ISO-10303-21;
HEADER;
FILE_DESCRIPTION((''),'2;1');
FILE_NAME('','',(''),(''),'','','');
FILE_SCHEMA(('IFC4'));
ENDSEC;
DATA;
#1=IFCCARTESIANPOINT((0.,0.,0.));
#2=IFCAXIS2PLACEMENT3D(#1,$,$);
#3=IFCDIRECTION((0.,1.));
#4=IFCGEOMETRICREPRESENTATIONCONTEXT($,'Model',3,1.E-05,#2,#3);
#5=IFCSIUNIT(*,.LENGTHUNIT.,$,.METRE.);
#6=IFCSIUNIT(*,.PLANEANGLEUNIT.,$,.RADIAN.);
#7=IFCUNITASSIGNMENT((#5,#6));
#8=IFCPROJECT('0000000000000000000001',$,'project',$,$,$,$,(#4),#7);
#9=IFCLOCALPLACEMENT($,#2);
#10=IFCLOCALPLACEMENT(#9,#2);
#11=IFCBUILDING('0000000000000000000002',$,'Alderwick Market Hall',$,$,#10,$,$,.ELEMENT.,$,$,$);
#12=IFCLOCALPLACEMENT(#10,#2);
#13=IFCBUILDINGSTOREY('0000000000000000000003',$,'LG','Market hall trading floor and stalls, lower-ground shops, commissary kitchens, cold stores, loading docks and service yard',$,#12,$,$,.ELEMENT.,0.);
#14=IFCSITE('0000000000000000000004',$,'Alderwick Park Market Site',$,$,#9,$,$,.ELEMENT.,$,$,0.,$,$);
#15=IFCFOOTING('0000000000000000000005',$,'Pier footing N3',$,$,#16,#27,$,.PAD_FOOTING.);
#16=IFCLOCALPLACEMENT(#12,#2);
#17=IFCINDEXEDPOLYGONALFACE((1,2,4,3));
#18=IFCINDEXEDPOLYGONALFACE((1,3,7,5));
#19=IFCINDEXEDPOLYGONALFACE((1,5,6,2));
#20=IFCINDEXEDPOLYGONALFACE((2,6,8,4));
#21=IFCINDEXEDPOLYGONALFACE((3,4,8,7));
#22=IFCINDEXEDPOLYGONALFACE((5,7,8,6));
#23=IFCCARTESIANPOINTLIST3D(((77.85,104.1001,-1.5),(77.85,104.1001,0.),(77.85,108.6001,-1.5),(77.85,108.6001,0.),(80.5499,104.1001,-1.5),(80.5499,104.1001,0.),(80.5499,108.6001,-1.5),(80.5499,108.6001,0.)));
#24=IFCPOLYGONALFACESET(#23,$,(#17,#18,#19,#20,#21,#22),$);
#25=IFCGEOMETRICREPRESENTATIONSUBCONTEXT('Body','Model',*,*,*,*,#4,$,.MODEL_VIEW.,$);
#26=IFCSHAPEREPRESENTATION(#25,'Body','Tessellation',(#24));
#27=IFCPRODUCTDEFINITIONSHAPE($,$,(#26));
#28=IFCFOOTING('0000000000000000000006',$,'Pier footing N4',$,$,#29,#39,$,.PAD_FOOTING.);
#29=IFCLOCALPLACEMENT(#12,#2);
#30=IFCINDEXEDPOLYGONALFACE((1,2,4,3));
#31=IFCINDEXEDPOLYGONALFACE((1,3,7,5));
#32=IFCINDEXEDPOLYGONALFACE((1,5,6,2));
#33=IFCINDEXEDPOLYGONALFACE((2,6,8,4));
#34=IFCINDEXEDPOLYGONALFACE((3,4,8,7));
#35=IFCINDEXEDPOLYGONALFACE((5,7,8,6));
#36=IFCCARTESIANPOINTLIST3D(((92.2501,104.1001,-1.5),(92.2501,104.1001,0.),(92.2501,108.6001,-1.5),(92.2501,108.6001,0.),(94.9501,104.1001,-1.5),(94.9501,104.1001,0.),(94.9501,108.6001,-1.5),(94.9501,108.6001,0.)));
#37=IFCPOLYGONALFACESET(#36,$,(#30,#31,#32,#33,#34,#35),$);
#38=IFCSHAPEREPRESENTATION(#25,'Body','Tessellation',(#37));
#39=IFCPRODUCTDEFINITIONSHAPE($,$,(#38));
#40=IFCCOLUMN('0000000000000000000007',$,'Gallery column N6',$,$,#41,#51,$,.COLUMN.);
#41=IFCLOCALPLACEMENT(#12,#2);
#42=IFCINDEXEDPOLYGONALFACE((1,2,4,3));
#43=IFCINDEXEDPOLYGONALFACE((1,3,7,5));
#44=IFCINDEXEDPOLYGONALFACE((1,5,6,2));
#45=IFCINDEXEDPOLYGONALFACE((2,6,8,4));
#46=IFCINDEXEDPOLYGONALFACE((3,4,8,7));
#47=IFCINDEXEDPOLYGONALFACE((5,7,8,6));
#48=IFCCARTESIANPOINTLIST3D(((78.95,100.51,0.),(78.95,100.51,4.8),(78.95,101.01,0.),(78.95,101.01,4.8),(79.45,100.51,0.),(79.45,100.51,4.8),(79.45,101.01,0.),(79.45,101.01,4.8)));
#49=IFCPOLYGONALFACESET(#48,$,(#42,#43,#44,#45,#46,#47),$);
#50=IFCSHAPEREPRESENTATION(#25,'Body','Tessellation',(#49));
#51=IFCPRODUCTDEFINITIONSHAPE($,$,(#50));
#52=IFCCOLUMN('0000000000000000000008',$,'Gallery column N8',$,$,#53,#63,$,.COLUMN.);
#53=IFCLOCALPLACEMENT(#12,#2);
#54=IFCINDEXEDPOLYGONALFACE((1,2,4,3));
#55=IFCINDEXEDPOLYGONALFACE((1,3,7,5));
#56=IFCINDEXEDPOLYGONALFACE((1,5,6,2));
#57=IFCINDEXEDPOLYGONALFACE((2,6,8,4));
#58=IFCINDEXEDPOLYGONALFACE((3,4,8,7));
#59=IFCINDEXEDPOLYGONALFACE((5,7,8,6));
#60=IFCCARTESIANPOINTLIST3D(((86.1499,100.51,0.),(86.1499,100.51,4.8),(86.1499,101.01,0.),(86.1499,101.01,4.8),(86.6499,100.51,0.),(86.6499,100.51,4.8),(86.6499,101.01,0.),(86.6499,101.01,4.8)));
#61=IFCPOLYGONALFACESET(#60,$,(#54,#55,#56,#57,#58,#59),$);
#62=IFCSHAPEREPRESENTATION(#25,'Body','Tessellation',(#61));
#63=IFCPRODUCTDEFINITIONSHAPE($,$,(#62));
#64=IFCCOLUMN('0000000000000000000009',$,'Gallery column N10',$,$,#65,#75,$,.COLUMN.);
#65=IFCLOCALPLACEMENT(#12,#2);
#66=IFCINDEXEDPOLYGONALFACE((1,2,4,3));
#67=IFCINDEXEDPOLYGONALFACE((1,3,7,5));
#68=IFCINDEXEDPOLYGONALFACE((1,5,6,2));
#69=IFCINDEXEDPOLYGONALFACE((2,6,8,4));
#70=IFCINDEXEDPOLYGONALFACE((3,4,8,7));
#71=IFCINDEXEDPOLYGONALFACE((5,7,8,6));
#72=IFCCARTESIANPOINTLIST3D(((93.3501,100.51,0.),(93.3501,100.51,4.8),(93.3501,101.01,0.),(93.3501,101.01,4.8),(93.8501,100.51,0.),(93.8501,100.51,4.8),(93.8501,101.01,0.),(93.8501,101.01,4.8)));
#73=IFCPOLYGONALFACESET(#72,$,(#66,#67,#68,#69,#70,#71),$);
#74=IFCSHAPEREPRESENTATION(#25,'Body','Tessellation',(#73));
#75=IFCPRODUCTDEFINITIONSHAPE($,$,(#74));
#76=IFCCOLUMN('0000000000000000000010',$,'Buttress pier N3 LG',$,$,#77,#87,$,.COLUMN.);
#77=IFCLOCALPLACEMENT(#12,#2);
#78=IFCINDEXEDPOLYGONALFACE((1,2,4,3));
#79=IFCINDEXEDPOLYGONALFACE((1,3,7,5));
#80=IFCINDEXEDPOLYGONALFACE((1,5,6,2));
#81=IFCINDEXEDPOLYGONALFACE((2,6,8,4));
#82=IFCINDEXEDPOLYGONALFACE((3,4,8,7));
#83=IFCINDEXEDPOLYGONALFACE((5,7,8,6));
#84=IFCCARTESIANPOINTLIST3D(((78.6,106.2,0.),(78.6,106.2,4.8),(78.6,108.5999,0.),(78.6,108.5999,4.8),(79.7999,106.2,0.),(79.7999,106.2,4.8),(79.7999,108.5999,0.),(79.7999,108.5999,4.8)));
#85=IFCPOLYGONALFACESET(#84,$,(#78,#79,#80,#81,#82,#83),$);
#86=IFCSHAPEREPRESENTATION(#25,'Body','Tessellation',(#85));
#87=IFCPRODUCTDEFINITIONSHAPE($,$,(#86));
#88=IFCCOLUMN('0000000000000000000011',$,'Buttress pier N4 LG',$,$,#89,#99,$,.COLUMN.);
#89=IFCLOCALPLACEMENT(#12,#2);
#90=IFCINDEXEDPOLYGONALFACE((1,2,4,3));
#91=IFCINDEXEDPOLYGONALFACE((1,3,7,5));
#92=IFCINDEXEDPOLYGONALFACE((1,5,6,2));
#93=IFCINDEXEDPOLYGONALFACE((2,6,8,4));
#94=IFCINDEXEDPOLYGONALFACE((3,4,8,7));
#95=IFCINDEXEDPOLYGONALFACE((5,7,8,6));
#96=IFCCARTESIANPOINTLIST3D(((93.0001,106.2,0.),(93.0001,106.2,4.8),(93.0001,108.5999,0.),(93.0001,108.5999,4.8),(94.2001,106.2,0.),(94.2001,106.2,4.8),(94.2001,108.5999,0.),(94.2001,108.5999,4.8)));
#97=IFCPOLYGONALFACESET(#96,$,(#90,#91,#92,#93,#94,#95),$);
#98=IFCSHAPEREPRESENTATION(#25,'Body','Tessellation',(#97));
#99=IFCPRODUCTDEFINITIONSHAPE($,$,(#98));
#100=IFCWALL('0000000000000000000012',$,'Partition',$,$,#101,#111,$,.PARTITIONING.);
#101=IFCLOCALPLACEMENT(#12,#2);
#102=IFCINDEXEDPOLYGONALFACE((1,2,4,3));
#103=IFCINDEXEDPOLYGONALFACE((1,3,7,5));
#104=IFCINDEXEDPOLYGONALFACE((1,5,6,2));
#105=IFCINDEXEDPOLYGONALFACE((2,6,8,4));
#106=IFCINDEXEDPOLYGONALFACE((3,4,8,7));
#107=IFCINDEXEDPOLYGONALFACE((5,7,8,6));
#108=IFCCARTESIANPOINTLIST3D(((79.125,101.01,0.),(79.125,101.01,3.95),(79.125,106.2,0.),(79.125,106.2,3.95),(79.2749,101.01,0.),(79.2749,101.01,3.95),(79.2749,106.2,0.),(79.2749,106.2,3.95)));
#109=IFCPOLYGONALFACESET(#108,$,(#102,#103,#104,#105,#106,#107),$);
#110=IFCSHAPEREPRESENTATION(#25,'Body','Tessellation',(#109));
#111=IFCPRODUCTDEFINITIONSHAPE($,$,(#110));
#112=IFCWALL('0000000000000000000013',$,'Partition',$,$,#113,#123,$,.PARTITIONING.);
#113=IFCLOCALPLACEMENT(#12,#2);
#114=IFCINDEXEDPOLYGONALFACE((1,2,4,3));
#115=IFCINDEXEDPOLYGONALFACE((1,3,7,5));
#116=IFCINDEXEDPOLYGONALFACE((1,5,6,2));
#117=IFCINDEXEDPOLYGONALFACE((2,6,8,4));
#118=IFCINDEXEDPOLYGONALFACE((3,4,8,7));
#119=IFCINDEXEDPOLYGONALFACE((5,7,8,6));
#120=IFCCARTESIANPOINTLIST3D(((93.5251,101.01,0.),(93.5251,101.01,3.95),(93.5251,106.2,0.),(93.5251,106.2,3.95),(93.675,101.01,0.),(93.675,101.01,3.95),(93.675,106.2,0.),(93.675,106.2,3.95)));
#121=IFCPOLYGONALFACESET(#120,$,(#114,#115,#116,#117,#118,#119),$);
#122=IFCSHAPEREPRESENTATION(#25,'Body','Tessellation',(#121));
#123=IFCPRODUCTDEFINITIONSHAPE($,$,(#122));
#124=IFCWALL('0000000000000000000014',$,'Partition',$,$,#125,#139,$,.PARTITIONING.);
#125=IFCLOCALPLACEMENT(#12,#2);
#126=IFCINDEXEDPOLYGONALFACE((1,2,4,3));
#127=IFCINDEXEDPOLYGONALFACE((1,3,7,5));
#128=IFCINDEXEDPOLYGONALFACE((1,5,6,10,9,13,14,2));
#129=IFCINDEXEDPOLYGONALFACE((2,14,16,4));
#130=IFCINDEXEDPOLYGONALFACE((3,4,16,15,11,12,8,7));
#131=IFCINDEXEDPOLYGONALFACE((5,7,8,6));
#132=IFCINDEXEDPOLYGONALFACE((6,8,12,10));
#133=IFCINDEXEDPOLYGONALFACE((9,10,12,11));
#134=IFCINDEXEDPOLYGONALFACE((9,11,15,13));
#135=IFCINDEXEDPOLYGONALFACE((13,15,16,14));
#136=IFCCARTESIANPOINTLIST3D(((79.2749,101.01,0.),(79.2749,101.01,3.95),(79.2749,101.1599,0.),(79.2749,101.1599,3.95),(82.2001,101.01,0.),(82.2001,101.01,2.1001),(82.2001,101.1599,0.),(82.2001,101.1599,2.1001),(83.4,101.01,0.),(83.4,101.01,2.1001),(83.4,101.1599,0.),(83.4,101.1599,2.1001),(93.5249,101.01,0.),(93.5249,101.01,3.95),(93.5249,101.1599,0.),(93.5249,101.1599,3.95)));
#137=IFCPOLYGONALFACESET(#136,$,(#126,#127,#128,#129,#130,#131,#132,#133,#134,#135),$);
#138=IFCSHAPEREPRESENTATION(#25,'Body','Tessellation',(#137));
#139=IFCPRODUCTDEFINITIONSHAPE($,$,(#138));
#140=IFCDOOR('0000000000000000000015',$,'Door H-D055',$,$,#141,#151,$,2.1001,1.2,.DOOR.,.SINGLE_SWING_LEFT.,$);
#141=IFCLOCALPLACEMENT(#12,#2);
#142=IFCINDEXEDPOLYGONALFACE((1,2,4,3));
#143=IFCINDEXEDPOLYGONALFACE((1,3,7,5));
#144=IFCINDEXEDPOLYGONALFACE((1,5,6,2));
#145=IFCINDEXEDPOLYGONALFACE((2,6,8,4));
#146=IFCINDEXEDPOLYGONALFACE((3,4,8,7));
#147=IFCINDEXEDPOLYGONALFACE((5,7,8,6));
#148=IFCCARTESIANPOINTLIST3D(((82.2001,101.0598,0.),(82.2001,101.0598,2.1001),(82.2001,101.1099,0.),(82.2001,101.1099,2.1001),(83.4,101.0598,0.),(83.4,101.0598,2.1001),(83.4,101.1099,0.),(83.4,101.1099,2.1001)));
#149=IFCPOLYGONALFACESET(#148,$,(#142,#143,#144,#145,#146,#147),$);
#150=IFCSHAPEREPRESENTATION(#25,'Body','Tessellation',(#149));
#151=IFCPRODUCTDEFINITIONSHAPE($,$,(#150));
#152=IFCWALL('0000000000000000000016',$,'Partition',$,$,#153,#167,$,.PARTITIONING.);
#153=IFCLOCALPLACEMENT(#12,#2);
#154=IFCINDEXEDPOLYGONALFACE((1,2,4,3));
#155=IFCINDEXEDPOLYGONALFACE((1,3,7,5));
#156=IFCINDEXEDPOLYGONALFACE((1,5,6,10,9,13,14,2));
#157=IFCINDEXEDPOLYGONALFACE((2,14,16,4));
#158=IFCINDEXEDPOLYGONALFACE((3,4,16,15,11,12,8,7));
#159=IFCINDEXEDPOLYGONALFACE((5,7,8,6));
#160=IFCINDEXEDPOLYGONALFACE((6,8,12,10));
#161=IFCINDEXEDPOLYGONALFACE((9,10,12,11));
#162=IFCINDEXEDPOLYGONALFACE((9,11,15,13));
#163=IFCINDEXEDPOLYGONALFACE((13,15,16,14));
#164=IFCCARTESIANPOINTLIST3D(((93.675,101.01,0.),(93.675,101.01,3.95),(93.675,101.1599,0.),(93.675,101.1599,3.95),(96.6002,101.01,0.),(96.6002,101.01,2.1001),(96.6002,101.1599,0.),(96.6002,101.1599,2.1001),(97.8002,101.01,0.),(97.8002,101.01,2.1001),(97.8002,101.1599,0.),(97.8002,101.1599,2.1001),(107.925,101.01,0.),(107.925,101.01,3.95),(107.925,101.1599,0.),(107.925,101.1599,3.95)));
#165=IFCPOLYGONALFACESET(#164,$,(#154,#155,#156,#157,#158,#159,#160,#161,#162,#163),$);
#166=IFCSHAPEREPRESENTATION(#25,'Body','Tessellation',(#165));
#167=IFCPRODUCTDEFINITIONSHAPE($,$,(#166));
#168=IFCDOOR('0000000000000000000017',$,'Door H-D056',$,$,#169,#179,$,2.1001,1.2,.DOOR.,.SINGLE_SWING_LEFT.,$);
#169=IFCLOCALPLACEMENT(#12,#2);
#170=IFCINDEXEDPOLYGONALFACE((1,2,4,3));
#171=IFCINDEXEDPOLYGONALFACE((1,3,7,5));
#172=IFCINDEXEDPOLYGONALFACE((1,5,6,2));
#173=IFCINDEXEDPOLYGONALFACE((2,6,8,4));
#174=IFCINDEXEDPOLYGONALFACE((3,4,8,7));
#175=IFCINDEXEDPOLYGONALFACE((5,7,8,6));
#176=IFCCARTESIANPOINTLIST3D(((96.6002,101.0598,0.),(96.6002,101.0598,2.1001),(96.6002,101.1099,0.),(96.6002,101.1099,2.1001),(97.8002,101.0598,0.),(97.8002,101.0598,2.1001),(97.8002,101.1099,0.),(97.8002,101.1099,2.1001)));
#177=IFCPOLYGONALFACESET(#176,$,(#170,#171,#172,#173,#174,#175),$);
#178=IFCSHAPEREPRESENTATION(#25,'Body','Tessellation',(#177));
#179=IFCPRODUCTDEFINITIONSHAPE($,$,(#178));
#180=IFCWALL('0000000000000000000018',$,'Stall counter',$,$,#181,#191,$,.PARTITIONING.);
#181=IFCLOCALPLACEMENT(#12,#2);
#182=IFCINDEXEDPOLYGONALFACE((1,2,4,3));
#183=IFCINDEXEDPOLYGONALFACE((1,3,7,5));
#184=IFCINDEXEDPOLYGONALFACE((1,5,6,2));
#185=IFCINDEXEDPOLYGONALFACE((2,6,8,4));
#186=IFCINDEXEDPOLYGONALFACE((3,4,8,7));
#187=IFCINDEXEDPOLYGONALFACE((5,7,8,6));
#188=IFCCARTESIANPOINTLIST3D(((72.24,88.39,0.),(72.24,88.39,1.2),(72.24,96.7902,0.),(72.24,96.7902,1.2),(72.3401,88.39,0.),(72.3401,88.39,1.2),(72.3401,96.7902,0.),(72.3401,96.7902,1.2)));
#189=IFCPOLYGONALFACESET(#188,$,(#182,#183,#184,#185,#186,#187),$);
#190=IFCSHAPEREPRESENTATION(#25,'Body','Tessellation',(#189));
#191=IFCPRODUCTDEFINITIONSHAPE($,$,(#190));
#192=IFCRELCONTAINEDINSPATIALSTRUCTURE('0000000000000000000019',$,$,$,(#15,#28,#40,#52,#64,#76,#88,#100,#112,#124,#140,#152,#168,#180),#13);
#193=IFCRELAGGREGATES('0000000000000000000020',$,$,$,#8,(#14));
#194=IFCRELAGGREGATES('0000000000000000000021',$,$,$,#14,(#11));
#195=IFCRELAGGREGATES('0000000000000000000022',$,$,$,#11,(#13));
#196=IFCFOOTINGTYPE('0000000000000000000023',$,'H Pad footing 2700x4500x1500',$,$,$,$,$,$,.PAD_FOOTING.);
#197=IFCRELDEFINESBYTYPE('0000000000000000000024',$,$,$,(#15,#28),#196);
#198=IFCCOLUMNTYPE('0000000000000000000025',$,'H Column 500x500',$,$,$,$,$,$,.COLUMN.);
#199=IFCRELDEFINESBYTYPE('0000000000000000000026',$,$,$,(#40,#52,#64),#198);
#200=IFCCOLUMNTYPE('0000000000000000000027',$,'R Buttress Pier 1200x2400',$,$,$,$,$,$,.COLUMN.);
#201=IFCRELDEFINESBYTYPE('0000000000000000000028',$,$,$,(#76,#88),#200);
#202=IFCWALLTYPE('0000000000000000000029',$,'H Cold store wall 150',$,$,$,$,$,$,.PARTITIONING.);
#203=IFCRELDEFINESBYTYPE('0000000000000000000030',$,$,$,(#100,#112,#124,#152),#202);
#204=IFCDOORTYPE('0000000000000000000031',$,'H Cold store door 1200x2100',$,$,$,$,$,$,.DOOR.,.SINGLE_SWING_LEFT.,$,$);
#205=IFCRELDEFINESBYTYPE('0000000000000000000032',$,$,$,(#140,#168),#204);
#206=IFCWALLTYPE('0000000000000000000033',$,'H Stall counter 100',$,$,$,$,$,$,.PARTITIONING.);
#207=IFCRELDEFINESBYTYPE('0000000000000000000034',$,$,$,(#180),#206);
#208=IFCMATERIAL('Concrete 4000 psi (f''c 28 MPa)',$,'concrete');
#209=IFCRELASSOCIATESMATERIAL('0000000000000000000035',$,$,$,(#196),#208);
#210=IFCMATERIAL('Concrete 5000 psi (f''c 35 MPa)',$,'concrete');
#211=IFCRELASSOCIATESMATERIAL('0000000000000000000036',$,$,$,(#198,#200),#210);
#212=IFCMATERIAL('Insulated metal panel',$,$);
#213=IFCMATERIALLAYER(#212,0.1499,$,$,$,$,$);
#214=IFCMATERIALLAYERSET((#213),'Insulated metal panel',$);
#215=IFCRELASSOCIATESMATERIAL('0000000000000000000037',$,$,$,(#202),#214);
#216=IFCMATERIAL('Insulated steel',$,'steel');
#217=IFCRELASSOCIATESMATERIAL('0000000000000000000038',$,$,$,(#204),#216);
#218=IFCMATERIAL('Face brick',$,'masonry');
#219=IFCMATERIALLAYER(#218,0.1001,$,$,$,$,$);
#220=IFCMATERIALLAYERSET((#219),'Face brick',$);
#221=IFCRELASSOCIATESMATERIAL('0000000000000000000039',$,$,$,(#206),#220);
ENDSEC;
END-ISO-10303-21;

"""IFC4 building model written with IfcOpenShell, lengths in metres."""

from ifc_helpers import new_model, si_unit, direction, frame, frame_2d, origin, origin_2d, place, context, subcontext, project, spatial, rectangle, extrude, material, layer, layer_set, material_profile, profile_set, type_object, element, fill, save


model = new_model("IFC4")

# Units and contexts
model_context = context("Model", 3, precision=1e-05, world=origin(), true_north=direction((0.0, 1.0)))
body_context = subcontext(model_context, "Body", "Model", "MODEL_VIEW")
ifc_project = project(units=[si_unit("LENGTHUNIT", "METRE"), si_unit("PLANEANGLEUNIT", "RADIAN")], contexts=[model_context])

# Site, building, storey
site_placement = place(None, origin())
site = spatial("IfcSite", under=ifc_project, at=site_placement, Name="Alderwick Park Market Site", CompositionType="ELEMENT", RefElevation=0.0)
building_placement = place(site_placement, origin())
building = spatial("IfcBuilding", under=site, at=building_placement, Name="Alderwick Market Hall", CompositionType="ELEMENT")
storey_placement = place(building_placement, origin())
storey = spatial("IfcBuildingStorey", under=building, at=storey_placement, Name="LG", Description="Market hall trading floor and stalls, lower-ground shops, commissary kitchens, cold stores, loading docks and service yard", CompositionType="ELEMENT", Elevation=0.0)

# Footings
ifc_material_1 = material(Name="Concrete 4000 psi (f'c 28 MPa)", Category="concrete")
footing_type = type_object("IfcFootingType", Name="H Pad footing 2700x4500x1500", PredefinedType="PAD_FOOTING", material=ifc_material_1)
for number, where, z_axis, x_axis, name in (
    (1, (79.2, 106.3501, -1.5), (0.0, 0.0, 1.0), (1.0, 0.0, 0.0), "Pier footing N3"),
    (2, (93.6001, 106.3501, -1.5), (0.0, 0.0, 1.0), (1.0, 0.0, 0.0), "Pier footing N4"),
):
    element("IfcFooting", number, at=place(storey_placement, frame(where, z_axis=z_axis, x_axis=x_axis)), inside=storey, type_object=footing_type, Name=name, PredefinedType="PAD_FOOTING", context=body_context, shape_type="SweptSolid", body=[
        extrude(rectangle(XDim=2.7, YDim=4.5, at=origin_2d()), origin(), (0.0, 0.0, 1.0), 1.5),
    ])

# Columns
ifc_material_2 = material(Name="Concrete 5000 psi (f'c 35 MPa)", Category="concrete")
ifc_material_profile_1 = material_profile(ifc_material_2, rectangle(XDim=0.5, YDim=0.5, at=origin_2d()), Name="RC 500x500")
ifc_profile_set_1 = profile_set([ifc_material_profile_1], Name="Concrete 5000 psi (f'c 35 MPa)")
column_type_1 = type_object("IfcColumnType", Name="H Column 500x500", PredefinedType="COLUMN", material=ifc_profile_set_1)
for number, where, z_axis, x_axis, name in (
    (3, (79.2, 100.76, 0.0), (0.0, 0.0, 1.0), (1.0, 0.0, 0.0), "Gallery column N6"),
    (4, (86.3999, 100.76, 0.0), (0.0, 0.0, 1.0), (1.0, 0.0, 0.0), "Gallery column N8"),
    (5, (93.6001, 100.76, 0.0), (0.0, 0.0, 1.0), (1.0, 0.0, 0.0), "Gallery column N10"),
):
    element("IfcColumn", number, at=place(storey_placement, frame(where, z_axis=z_axis, x_axis=x_axis)), inside=storey, type_object=column_type_1, Name=name, PredefinedType="COLUMN", context=body_context, shape_type="SweptSolid", body=[
        extrude(rectangle(XDim=0.5, YDim=0.5, at=origin_2d()), origin(), (0.0, 0.0, 1.0), 4.8),
    ])
ifc_material_profile_2 = material_profile(ifc_material_2, rectangle(XDim=1.2, YDim=2.3999, at=origin_2d()), Name="RC 1200x2400")
ifc_profile_set_2 = profile_set([ifc_material_profile_2], Name="Concrete 5000 psi (f'c 35 MPa)")
column_type_2 = type_object("IfcColumnType", Name="R Buttress Pier 1200x2400", PredefinedType="COLUMN", material=ifc_profile_set_2)
for number, where, z_axis, x_axis, name in (
    (6, (79.2, 107.3999, 0.0), (0.0, 0.0, 1.0), (1.0, 0.0, 0.0), "Buttress pier N3 LG"),
    (7, (93.6001, 107.3999, 0.0), (0.0, 0.0, 1.0), (1.0, 0.0, 0.0), "Buttress pier N4 LG"),
):
    element("IfcColumn", number, at=place(storey_placement, frame(where, z_axis=z_axis, x_axis=x_axis)), inside=storey, type_object=column_type_2, Name=name, PredefinedType="COLUMN", context=body_context, shape_type="SweptSolid", body=[
        extrude(rectangle(XDim=1.2, YDim=2.3999, at=origin_2d()), origin(), (0.0, 0.0, 1.0), 4.8),
    ])

# Walls
ifc_material_3 = material(Name="Insulated metal panel")
ifc_layer_1 = layer(ifc_material_3, 0.1499)
ifc_layer_set_1 = layer_set([ifc_layer_1], Name="Insulated metal panel")
wall_type_1 = type_object("IfcWallType", Name="H Cold store wall 150", PredefinedType="PARTITIONING", material=ifc_layer_set_1)
for number, where, z_axis, x_axis, name in (
    (8, (79.2, 106.2, 0.0), (0.0, 0.0, 1.0), (0.0, -1.0, 0.0), "Partition"),
    (9, (93.6001, 106.2, 0.0), (0.0, 0.0, 1.0), (0.0, -1.0, 0.0), "Partition"),
):
    element("IfcWall", number, at=place(storey_placement, frame(where, z_axis=z_axis, x_axis=x_axis)), inside=storey, type_object=wall_type_1, Name=name, PredefinedType="PARTITIONING", context=body_context, shape_type="SweptSolid", body=[
        extrude(rectangle(XDim=5.1899, YDim=0.1499, at=frame_2d((2.595, 0.0))), origin(), (0.0, 0.0, 1.0), 3.95),
    ])

# Walls, openings, doors
wall_1_placement = place(storey_placement, frame((79.2749, 101.085, 0.0), z_axis=(0.0, 0.0, 1.0), x_axis=(1.0, 0.0, 0.0)))
wall_1 = element("IfcWall", 10, at=wall_1_placement, inside=storey, type_object=wall_type_1, Name="Partition", PredefinedType="PARTITIONING", context=body_context, shape_type="SweptSolid", body=[
    extrude(rectangle(XDim=14.25, YDim=0.1499, at=frame_2d((7.125, 0.0))), origin(), (0.0, 0.0, 1.0), 3.95),
])
opening_1_placement = place(wall_1_placement, frame((2.925, 0.0, 0.0)))
opening_1 = element("IfcOpeningElement", 11, at=opening_1_placement, cuts=wall_1, PredefinedType="OPENING", context=body_context, shape_type="SweptSolid", body=[
    extrude(rectangle(XDim=1.2, YDim=2.1001, at=frame_2d((0.6001, 1.05))), frame((0.0, 0.085, 0.0), z_axis=(0.0, -1.0, 0.0), x_axis=(1.0, 0.0, 0.0)), (0.0, 0.0, 1.0), 0.1699),
])
ifc_material_4 = material(Name="Insulated steel", Category="steel")
door_type = type_object("IfcDoorType", Name="H Cold store door 1200x2100", OperationType="SINGLE_SWING_LEFT", PredefinedType="DOOR", material=ifc_material_4)
door_1_placement = place(opening_1_placement, origin())
door_1 = element("IfcDoor", 12, at=door_1_placement, inside=storey, type_object=door_type, Name="Door H-D055", OperationType="SINGLE_SWING_LEFT", OverallHeight=2.1001, OverallWidth=1.2, PredefinedType="DOOR", context=body_context, shape_type="SweptSolid", body=[
    extrude(rectangle(XDim=1.2, YDim=2.1001, at=frame_2d((0.6001, 1.05))), frame((0.0, 0.0249, 0.0), z_axis=(0.0, -1.0, 0.0), x_axis=(1.0, 0.0, 0.0)), (0.0, 0.0, 1.0), 0.05),
])
fill(opening_1, door_1)
wall_2_placement = place(storey_placement, frame((93.675, 101.085, 0.0), z_axis=(0.0, 0.0, 1.0), x_axis=(1.0, 0.0, 0.0)))
wall_2 = element("IfcWall", 13, at=wall_2_placement, inside=storey, type_object=wall_type_1, Name="Partition", PredefinedType="PARTITIONING", context=body_context, shape_type="SweptSolid", body=[
    extrude(rectangle(XDim=14.25, YDim=0.1499, at=frame_2d((7.125, 0.0))), origin(), (0.0, 0.0, 1.0), 3.95),
])
opening_2_placement = place(wall_2_placement, frame((2.925, 0.0, 0.0)))
opening_2 = element("IfcOpeningElement", 14, at=opening_2_placement, cuts=wall_2, PredefinedType="OPENING", context=body_context, shape_type="SweptSolid", body=[
    extrude(rectangle(XDim=1.2, YDim=2.1001, at=frame_2d((0.6001, 1.05))), frame((0.0, 0.085, 0.0), z_axis=(0.0, -1.0, 0.0), x_axis=(1.0, 0.0, 0.0)), (0.0, 0.0, 1.0), 0.1699),
])
door_2_placement = place(opening_2_placement, origin())
door_2 = element("IfcDoor", 15, at=door_2_placement, inside=storey, type_object=door_type, Name="Door H-D056", OperationType="SINGLE_SWING_LEFT", OverallHeight=2.1001, OverallWidth=1.2, PredefinedType="DOOR", context=body_context, shape_type="SweptSolid", body=[
    extrude(rectangle(XDim=1.2, YDim=2.1001, at=frame_2d((0.6001, 1.05))), frame((0.0, 0.0249, 0.0), z_axis=(0.0, -1.0, 0.0), x_axis=(1.0, 0.0, 0.0)), (0.0, 0.0, 1.0), 0.05),
])
fill(opening_2, door_2)

# Wall
ifc_material_5 = material(Name="Face brick", Category="masonry")
ifc_layer_2 = layer(ifc_material_5, 0.1001)
ifc_layer_set_2 = layer_set([ifc_layer_2], Name="Face brick")
wall_type_2 = type_object("IfcWallType", Name="H Stall counter 100", PredefinedType="PARTITIONING", material=ifc_layer_set_2)
for number, where, z_axis, x_axis, name in (
    (16, (72.29, 88.3899, 0.0), (0.0, 0.0, 1.0), (0.0, 1.0, 0.0), "Stall counter"),
):
    element("IfcWall", number, at=place(storey_placement, frame(where, z_axis=z_axis, x_axis=x_axis)), inside=storey, type_object=wall_type_2, Name=name, PredefinedType="PARTITIONING", context=body_context, shape_type="SweptSolid", body=[
        extrude(rectangle(XDim=8.4001, YDim=0.1001, at=frame_2d((4.2002, 0.0))), origin(), (0.0, 0.0, 1.0), 1.2),
    ])

save(model, "model.ifc")
